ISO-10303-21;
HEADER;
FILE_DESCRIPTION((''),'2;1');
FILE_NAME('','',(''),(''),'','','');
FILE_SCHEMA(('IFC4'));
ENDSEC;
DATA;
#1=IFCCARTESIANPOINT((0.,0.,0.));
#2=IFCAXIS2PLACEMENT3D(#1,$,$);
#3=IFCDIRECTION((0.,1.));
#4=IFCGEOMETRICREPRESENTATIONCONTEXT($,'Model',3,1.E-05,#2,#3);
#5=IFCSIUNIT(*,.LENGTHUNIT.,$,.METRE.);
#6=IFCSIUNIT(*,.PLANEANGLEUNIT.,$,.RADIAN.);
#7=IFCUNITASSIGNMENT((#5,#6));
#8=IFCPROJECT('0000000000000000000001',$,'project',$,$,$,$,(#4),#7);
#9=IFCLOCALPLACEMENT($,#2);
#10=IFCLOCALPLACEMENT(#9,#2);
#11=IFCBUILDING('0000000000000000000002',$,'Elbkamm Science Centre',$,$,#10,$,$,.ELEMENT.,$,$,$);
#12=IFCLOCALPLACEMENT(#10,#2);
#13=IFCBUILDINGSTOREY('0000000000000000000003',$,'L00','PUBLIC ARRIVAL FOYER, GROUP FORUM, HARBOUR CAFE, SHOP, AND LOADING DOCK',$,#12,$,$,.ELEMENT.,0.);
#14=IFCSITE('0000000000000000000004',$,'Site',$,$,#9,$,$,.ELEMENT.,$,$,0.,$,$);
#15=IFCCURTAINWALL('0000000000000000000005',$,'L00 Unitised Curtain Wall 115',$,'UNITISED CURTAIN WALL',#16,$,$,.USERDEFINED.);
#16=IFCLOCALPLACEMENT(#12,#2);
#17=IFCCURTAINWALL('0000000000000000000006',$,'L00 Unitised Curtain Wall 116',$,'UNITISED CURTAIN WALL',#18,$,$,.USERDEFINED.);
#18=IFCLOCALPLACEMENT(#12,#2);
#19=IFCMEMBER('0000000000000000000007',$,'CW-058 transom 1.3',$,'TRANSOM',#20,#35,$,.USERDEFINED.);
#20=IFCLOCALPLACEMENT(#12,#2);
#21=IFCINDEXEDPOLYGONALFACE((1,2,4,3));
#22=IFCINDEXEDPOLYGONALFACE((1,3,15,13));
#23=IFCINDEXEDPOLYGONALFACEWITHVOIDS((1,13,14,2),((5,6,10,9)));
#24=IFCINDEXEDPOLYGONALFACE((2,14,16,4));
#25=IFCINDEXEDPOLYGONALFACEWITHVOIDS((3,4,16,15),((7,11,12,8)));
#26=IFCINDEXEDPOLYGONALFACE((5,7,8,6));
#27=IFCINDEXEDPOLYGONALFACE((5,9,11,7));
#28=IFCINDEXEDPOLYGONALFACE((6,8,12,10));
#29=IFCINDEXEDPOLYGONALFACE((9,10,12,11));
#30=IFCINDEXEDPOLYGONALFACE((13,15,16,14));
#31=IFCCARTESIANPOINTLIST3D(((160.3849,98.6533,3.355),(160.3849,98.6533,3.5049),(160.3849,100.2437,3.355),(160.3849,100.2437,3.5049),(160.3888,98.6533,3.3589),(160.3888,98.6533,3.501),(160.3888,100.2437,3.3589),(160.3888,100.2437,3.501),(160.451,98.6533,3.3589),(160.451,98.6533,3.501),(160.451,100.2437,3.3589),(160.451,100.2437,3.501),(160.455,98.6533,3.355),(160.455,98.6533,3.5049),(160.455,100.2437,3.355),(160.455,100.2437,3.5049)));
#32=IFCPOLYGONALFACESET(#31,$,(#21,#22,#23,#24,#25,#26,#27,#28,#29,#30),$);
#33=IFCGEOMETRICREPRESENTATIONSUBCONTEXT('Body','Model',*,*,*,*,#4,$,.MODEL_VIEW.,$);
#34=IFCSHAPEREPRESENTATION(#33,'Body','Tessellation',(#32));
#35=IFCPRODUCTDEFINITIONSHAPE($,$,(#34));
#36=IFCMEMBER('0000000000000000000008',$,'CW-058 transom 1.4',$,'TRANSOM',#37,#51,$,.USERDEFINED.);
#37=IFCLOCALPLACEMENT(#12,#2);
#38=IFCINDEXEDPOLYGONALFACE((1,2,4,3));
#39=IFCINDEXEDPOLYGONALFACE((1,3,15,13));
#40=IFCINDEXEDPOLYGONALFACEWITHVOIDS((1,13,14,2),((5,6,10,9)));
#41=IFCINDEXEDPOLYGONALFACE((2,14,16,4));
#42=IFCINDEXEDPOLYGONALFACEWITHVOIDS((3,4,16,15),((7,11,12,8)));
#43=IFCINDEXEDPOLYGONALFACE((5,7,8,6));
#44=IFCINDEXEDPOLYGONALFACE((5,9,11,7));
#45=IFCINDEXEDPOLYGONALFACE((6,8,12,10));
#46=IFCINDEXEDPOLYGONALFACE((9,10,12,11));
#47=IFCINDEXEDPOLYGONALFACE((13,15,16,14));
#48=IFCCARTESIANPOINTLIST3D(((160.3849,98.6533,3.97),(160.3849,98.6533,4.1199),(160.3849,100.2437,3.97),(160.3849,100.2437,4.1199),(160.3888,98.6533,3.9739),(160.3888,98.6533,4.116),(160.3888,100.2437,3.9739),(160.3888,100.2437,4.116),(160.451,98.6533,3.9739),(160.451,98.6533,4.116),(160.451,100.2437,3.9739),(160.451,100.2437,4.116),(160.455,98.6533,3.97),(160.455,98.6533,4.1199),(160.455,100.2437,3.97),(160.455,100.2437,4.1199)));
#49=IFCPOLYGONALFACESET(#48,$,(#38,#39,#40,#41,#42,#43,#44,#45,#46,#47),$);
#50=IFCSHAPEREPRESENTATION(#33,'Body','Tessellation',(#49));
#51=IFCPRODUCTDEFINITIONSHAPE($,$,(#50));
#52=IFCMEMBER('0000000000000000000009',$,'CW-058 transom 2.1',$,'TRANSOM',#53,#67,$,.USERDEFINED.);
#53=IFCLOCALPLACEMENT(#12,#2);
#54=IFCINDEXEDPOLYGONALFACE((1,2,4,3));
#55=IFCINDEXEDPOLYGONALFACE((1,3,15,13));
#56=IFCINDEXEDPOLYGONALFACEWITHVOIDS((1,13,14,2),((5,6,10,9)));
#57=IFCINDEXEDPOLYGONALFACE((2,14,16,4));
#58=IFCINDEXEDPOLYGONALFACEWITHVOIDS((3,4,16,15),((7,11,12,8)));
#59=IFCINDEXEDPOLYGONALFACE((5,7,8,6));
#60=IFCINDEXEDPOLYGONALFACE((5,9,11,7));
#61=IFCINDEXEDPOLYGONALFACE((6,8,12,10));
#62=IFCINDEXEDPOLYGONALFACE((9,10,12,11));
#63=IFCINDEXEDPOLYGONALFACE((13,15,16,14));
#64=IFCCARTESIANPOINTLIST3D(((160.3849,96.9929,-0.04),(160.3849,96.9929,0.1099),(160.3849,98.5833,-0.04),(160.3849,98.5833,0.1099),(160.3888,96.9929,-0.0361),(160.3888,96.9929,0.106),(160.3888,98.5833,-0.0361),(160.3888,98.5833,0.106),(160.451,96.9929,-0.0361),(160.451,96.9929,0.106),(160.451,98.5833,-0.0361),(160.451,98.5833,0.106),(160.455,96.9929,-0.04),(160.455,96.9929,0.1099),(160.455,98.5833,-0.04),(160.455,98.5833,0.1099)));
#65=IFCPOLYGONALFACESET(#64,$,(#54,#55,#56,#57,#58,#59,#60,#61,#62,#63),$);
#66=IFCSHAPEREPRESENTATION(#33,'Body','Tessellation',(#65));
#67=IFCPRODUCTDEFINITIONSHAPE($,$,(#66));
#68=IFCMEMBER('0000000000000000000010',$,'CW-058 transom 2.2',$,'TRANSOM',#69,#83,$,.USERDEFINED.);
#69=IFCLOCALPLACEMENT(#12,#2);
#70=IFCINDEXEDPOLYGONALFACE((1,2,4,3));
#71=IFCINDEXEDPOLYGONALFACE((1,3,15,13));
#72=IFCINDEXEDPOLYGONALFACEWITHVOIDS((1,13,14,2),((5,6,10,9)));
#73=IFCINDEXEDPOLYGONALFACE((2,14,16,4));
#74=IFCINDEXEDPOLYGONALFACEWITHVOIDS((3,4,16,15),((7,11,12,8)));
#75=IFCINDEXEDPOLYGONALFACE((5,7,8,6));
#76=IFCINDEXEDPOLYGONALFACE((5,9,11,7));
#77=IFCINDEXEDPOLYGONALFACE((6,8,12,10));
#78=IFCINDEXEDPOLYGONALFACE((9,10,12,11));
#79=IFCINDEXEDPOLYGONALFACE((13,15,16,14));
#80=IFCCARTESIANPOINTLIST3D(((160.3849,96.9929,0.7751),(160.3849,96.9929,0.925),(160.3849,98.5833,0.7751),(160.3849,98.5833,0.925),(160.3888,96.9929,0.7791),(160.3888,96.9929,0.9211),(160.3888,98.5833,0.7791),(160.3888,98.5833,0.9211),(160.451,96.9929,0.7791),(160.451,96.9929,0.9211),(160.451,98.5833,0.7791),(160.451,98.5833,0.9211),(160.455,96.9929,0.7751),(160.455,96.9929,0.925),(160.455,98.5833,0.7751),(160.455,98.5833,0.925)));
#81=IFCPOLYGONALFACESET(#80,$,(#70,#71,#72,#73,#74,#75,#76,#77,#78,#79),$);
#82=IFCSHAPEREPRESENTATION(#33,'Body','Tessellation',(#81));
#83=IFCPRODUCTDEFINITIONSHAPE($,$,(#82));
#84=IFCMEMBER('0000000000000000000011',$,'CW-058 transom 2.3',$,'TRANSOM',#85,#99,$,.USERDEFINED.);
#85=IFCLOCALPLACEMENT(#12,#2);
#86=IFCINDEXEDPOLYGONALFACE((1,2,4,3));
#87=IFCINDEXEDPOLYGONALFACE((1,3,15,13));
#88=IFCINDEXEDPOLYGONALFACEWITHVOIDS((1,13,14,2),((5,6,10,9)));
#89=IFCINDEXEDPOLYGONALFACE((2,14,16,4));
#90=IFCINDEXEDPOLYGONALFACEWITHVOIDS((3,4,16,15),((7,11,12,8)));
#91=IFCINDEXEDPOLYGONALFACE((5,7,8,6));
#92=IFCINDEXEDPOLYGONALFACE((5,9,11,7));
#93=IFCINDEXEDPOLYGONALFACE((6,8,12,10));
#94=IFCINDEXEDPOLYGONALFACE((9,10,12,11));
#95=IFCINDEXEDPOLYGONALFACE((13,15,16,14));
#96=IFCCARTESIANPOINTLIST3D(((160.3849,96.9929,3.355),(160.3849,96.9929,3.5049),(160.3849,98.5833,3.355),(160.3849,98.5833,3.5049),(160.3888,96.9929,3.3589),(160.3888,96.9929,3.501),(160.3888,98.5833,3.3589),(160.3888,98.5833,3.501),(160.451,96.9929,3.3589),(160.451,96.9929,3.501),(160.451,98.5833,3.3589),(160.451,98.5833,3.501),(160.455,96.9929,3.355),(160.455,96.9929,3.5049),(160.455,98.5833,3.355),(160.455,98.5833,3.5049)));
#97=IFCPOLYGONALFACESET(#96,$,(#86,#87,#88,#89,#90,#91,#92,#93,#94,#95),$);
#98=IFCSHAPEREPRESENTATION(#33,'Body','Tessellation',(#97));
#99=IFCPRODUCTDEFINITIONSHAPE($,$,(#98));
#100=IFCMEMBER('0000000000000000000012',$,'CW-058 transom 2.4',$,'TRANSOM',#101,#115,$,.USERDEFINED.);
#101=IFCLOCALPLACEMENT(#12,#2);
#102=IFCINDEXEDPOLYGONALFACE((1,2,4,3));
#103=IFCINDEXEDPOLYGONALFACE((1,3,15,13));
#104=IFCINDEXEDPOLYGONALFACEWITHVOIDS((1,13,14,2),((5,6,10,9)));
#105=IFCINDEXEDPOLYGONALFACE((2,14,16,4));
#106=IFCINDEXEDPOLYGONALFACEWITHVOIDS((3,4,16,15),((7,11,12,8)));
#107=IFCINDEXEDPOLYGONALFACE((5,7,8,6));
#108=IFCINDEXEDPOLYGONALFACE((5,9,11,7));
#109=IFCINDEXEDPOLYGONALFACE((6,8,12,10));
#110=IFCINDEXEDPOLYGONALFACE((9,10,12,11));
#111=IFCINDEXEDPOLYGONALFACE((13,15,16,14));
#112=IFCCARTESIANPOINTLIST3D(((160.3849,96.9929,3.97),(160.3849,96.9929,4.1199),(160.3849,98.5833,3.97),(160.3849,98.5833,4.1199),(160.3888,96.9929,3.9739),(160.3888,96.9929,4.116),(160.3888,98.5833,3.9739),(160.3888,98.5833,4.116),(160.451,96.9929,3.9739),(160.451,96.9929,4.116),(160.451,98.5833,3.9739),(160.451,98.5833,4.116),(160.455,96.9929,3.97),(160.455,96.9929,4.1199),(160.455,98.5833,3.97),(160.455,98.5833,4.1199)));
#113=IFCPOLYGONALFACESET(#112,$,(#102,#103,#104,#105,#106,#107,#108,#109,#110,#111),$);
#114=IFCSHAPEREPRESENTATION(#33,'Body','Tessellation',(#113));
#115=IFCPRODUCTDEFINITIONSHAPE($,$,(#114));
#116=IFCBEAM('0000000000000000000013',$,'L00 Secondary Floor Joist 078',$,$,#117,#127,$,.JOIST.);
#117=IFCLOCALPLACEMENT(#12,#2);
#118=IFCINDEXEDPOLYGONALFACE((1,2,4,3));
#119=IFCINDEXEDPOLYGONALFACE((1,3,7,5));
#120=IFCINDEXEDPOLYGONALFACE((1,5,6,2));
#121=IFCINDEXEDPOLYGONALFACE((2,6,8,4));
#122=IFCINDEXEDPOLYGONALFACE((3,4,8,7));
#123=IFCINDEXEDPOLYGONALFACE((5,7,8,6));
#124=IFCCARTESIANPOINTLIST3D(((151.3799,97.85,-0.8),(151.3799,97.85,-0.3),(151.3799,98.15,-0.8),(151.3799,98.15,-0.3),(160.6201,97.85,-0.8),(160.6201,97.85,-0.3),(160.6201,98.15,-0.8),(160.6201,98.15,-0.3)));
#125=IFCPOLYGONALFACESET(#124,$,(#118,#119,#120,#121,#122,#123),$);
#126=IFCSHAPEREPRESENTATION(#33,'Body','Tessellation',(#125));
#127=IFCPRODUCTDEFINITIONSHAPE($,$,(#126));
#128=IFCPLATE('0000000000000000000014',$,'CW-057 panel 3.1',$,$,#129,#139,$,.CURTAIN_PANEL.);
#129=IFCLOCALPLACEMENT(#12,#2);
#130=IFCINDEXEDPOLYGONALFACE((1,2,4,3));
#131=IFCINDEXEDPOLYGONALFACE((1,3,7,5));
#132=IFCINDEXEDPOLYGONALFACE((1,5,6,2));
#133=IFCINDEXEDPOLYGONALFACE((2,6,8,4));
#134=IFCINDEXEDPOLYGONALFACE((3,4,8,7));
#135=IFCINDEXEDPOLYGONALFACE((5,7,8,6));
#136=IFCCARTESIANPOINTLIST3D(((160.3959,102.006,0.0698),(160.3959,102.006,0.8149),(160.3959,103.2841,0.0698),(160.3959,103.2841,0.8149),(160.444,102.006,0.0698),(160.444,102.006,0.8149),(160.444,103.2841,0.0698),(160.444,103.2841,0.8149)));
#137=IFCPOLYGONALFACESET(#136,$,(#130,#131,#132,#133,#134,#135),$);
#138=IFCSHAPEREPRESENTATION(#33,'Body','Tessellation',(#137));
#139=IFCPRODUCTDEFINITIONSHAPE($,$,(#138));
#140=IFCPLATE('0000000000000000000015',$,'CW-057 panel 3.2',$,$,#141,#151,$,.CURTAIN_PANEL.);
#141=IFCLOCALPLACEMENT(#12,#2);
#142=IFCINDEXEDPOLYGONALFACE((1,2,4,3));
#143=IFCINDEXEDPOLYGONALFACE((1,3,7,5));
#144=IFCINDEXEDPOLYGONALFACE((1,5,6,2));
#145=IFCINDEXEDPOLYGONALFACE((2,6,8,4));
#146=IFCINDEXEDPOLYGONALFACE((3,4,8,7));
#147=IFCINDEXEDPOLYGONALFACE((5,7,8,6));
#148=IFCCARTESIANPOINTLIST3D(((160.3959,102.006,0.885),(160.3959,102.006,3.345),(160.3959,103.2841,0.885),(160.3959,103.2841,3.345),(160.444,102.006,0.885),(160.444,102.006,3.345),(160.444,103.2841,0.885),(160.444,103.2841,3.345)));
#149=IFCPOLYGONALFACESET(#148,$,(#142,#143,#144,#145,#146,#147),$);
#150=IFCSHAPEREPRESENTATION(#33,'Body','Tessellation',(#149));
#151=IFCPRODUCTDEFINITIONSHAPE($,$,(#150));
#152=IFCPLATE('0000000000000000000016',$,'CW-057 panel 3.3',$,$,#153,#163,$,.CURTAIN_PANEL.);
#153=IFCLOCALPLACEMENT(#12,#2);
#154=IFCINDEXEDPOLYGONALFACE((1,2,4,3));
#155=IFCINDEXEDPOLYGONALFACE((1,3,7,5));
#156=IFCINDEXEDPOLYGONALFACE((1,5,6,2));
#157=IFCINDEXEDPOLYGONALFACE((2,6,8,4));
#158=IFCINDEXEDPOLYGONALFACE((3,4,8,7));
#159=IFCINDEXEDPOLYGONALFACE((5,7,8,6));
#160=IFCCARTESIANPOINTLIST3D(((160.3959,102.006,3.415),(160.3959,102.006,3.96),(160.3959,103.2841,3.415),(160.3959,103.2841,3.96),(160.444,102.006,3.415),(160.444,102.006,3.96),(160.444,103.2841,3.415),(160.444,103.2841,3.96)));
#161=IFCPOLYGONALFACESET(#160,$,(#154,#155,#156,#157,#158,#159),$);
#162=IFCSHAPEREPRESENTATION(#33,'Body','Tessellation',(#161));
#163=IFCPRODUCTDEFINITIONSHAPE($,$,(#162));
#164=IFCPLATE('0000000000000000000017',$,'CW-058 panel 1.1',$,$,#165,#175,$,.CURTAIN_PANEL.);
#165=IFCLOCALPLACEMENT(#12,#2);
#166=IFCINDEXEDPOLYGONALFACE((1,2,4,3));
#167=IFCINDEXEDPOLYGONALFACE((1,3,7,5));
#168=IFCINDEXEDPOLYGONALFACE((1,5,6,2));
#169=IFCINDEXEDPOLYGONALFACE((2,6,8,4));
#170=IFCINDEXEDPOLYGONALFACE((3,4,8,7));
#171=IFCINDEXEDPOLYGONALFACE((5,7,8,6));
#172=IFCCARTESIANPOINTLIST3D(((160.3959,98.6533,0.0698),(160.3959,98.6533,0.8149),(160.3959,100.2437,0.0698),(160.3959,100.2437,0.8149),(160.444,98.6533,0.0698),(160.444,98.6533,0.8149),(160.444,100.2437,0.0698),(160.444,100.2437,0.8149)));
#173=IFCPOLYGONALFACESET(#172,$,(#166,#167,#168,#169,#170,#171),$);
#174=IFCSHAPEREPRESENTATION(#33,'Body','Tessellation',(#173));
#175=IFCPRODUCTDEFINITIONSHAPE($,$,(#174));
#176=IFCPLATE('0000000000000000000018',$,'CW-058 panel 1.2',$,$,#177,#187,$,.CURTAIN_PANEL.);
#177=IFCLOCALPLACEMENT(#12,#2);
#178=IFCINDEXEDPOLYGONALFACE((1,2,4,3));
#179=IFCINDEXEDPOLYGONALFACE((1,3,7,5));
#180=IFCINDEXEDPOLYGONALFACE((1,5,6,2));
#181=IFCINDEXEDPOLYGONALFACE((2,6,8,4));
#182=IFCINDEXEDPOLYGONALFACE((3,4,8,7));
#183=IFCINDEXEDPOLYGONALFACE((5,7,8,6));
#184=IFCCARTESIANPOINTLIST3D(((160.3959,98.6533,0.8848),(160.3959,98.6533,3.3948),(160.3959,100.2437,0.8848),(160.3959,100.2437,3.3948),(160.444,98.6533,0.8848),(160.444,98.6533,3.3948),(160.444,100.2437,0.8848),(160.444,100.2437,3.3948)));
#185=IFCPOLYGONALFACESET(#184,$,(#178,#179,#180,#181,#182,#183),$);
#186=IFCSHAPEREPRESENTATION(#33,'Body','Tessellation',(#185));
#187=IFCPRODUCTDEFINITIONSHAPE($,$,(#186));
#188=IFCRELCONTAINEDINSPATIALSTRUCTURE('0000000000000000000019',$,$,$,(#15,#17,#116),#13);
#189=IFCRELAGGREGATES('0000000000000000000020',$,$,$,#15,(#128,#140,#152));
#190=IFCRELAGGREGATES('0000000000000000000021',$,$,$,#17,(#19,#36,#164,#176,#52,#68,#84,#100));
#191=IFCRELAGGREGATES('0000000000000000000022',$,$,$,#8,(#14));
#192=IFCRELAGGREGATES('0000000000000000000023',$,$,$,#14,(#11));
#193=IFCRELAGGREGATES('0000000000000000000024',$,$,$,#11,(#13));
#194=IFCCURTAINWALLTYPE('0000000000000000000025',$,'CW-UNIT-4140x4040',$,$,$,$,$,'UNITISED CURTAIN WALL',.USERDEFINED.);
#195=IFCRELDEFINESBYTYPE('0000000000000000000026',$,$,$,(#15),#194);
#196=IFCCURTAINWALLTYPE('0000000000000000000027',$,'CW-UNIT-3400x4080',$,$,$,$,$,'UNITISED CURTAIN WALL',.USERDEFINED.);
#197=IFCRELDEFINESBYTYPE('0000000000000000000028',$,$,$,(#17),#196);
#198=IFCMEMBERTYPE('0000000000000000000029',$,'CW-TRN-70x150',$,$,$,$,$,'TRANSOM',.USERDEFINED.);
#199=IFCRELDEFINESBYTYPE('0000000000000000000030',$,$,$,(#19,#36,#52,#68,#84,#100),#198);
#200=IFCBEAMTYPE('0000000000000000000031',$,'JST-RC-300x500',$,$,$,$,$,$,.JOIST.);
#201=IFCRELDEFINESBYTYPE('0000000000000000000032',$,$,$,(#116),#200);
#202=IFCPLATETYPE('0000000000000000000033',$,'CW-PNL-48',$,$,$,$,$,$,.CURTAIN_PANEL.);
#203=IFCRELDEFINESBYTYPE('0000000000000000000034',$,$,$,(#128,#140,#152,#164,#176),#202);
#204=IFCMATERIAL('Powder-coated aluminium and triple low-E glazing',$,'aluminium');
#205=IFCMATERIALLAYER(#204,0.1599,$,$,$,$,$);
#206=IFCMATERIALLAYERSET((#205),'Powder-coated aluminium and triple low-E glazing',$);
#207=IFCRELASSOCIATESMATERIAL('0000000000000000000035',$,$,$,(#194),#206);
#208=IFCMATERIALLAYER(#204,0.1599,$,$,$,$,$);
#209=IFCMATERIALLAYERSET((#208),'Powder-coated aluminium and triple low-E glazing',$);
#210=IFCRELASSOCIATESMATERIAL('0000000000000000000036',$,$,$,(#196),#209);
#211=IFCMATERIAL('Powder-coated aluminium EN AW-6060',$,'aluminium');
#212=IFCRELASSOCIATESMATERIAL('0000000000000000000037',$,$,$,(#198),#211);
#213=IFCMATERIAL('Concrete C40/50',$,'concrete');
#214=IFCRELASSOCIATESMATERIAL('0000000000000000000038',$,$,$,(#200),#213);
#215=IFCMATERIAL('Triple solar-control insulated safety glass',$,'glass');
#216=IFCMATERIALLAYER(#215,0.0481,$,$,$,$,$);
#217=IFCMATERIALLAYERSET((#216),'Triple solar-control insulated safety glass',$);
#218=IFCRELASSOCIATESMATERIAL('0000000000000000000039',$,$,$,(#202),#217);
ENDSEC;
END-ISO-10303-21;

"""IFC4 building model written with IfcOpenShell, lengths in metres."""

from ifc_helpers import new_model, si_unit, direction, frame, origin, origin_2d, place, context, subcontext, project, spatial, rectangle, hollow_rectangle, extrude, material, layer, layer_set, material_profile, profile_set, type_object, element, aggregate, save


model = new_model("IFC4")

# Units and contexts
model_context = context("Model", 3, precision=1e-05, world=origin(), true_north=direction((0.0, 1.0)))
body_context = subcontext(model_context, "Body", "Model", "MODEL_VIEW")
ifc_project = project(units=[si_unit("LENGTHUNIT", "METRE"), si_unit("PLANEANGLEUNIT", "RADIAN")], contexts=[model_context])

# Site, building, storey
site_placement = place(None, origin())
site = spatial("IfcSite", under=ifc_project, at=site_placement, Name="Site", CompositionType="ELEMENT", RefElevation=0.0)
building_placement = place(site_placement, origin())
building = spatial("IfcBuilding", under=site, at=building_placement, Name="Elbkamm Science Centre", CompositionType="ELEMENT")
storey_placement = place(building_placement, origin())
storey = spatial("IfcBuildingStorey", under=building, at=storey_placement, Name="L00", Description="PUBLIC ARRIVAL FOYER, GROUP FORUM, HARBOUR CAFE, SHOP, AND LOADING DOCK", CompositionType="ELEMENT", Elevation=0.0)

# Shared definitions
ifc_material_1 = material(Name="Concrete C40/50", Category="concrete")

# Curtain wall
ifc_material_2 = material(Name="Powder-coated aluminium and triple low-E glazing", Category="aluminium")
ifc_layer_1 = layer(ifc_material_2, 0.1599)
ifc_layer_set_1 = layer_set([ifc_layer_1], Name="Powder-coated aluminium and triple low-E glazing")
curtain_wall_type_1 = type_object("IfcCurtainWallType", Name="CW-UNIT-4140x4040", ElementType="UNITISED CURTAIN WALL", PredefinedType="USERDEFINED", material=ifc_layer_set_1)
curtain_wall_1_placement = place(storey_placement, origin())
curtain_wall_1 = element("IfcCurtainWall", 1, at=curtain_wall_1_placement, inside=storey, type_object=curtain_wall_type_1, Name="L00 Unitised Curtain Wall 115", ObjectType="UNITISED CURTAIN WALL", PredefinedType="USERDEFINED")
ifc_material_3 = material(Name="Powder-coated aluminium EN AW-6060", Category="aluminium")

# Curtain wall
ifc_layer_2 = layer(ifc_material_2, 0.1599)
ifc_layer_set_2 = layer_set([ifc_layer_2], Name="Powder-coated aluminium and triple low-E glazing")
curtain_wall_type_2 = type_object("IfcCurtainWallType", Name="CW-UNIT-3400x4080", ElementType="UNITISED CURTAIN WALL", PredefinedType="USERDEFINED", material=ifc_layer_set_2)
curtain_wall_2_placement = place(storey_placement, origin())
curtain_wall_2 = element("IfcCurtainWall", 2, at=curtain_wall_2_placement, inside=storey, type_object=curtain_wall_type_2, Name="L00 Unitised Curtain Wall 116", ObjectType="UNITISED CURTAIN WALL", PredefinedType="USERDEFINED")

# Members
ifc_material_profile_1 = material_profile(ifc_material_3, hollow_rectangle(XDim=0.0701, YDim=0.1499, WallThickness=0.0039, at=origin_2d()), Name="ALU T70x150")
ifc_profile_set_1 = profile_set([ifc_material_profile_1], Name="Powder-coated aluminium EN AW-6060")
member_type_1 = type_object("IfcMemberType", Name="CW-TRN-70x150", ElementType="TRANSOM", PredefinedType="USERDEFINED", material=ifc_profile_set_1)
member_1_placement = place(storey_placement, frame((160.4199, 100.2437, 3.4299), z_axis=(0.0, -1.0, 0.0), x_axis=(1.0, 0.0, 0.0)))
member_1 = element("IfcMember", 3, at=member_1_placement, type_object=member_type_1, Name="CW-058 transom 1.3", ObjectType="TRANSOM", PredefinedType="USERDEFINED", context=body_context, shape_type="SweptSolid", body=[
    extrude(hollow_rectangle(XDim=0.0701, YDim=0.1499, WallThickness=0.0039, at=origin_2d()), origin(), (0.0, 0.0, 1.0), 1.5903),
])
member_2_placement = place(storey_placement, frame((160.4199, 100.2437, 4.0449), z_axis=(0.0, -1.0, 0.0), x_axis=(1.0, 0.0, 0.0)))
member_2 = element("IfcMember", 4, at=member_2_placement, type_object=member_type_1, Name="CW-058 transom 1.4", ObjectType="TRANSOM", PredefinedType="USERDEFINED", context=body_context, shape_type="SweptSolid", body=[
    extrude(hollow_rectangle(XDim=0.0701, YDim=0.1499, WallThickness=0.0039, at=origin_2d()), origin(), (0.0, 0.0, 1.0), 1.5903),
])
member_3_placement = place(storey_placement, frame((160.4199, 98.5833, 0.0349), z_axis=(0.0, -1.0, 0.0), x_axis=(1.0, 0.0, 0.0)))
member_3 = element("IfcMember", 5, at=member_3_placement, type_object=member_type_1, Name="CW-058 transom 2.1", ObjectType="TRANSOM", PredefinedType="USERDEFINED", context=body_context, shape_type="SweptSolid", body=[
    extrude(hollow_rectangle(XDim=0.0701, YDim=0.1499, WallThickness=0.0039, at=origin_2d()), origin(), (0.0, 0.0, 1.0), 1.5903),
])
member_4_placement = place(storey_placement, frame((160.4199, 98.5833, 0.8501), z_axis=(0.0, -1.0, 0.0), x_axis=(1.0, 0.0, 0.0)))
member_4 = element("IfcMember", 6, at=member_4_placement, type_object=member_type_1, Name="CW-058 transom 2.2", ObjectType="TRANSOM", PredefinedType="USERDEFINED", context=body_context, shape_type="SweptSolid", body=[
    extrude(hollow_rectangle(XDim=0.0701, YDim=0.1499, WallThickness=0.0039, at=origin_2d()), origin(), (0.0, 0.0, 1.0), 1.5903),
])
member_5_placement = place(storey_placement, frame((160.4199, 98.5833, 3.4299), z_axis=(0.0, -1.0, 0.0), x_axis=(1.0, 0.0, 0.0)))
member_5 = element("IfcMember", 7, at=member_5_placement, type_object=member_type_1, Name="CW-058 transom 2.3", ObjectType="TRANSOM", PredefinedType="USERDEFINED", context=body_context, shape_type="SweptSolid", body=[
    extrude(hollow_rectangle(XDim=0.0701, YDim=0.1499, WallThickness=0.0039, at=origin_2d()), origin(), (0.0, 0.0, 1.0), 1.5903),
])
member_6_placement = place(storey_placement, frame((160.4199, 98.5833, 4.0449), z_axis=(0.0, -1.0, 0.0), x_axis=(1.0, 0.0, 0.0)))
member_6 = element("IfcMember", 8, at=member_6_placement, type_object=member_type_1, Name="CW-058 transom 2.4", ObjectType="TRANSOM", PredefinedType="USERDEFINED", context=body_context, shape_type="SweptSolid", body=[
    extrude(hollow_rectangle(XDim=0.0701, YDim=0.1499, WallThickness=0.0039, at=origin_2d()), origin(), (0.0, 0.0, 1.0), 1.5903),
])

# Beam
ifc_material_profile_2 = material_profile(ifc_material_1, rectangle(XDim=0.3, YDim=0.5, at=origin_2d()), Name="RC 300x500")
ifc_profile_set_2 = profile_set([ifc_material_profile_2], Name="Concrete C40/50")
beam_type_1 = type_object("IfcBeamType", Name="JST-RC-300x500", PredefinedType="JOIST", material=ifc_profile_set_2)
beam_1_placement = place(storey_placement, frame((151.3799, 98.0, -0.55), z_axis=(1.0, 0.0, 0.0), x_axis=(0.0, 1.0, 0.0)))
element("IfcBeam", 9, at=beam_1_placement, inside=storey, type_object=beam_type_1, Name="L00 Secondary Floor Joist 078", PredefinedType="JOIST", context=body_context, shape_type="SweptSolid", body=[
    extrude(rectangle(XDim=0.3, YDim=0.5, at=origin_2d()), origin(), (0.0, 0.0, 1.0), 9.2402),
])

# Plates
ifc_material_4 = material(Name="Triple solar-control insulated safety glass", Category="glass")
ifc_layer_3 = layer(ifc_material_4, 0.0481)
ifc_layer_set_3 = layer_set([ifc_layer_3], Name="Triple solar-control insulated safety glass")
plate_type = type_object("IfcPlateType", Name="CW-PNL-48", PredefinedType="CURTAIN_PANEL", material=ifc_layer_set_3)
plate_1_placement = place(storey_placement, frame((160.4199, 102.645, 0.0698), z_axis=(0.0, 0.0, 1.0), x_axis=(0.0, -1.0, 0.0)))
plate_1 = element("IfcPlate", 10, at=plate_1_placement, type_object=plate_type, Name="CW-057 panel 3.1", PredefinedType="CURTAIN_PANEL", context=body_context, shape_type="SweptSolid", body=[
    extrude(rectangle(XDim=1.2781, YDim=0.0481, at=origin_2d()), origin(), (0.0, 0.0, 1.0), 0.7451),
])
plate_2_placement = place(storey_placement, frame((160.4199, 102.645, 0.885), z_axis=(0.0, 0.0, 1.0), x_axis=(0.0, -1.0, 0.0)))
plate_2 = element("IfcPlate", 11, at=plate_2_placement, type_object=plate_type, Name="CW-057 panel 3.2", PredefinedType="CURTAIN_PANEL", context=body_context, shape_type="SweptSolid", body=[
    extrude(rectangle(XDim=1.2781, YDim=0.0481, at=origin_2d()), origin(), (0.0, 0.0, 1.0), 2.46),
])
plate_3_placement = place(storey_placement, frame((160.4199, 102.645, 3.415), z_axis=(0.0, 0.0, 1.0), x_axis=(0.0, -1.0, 0.0)))
plate_3 = element("IfcPlate", 12, at=plate_3_placement, type_object=plate_type, Name="CW-057 panel 3.3", PredefinedType="CURTAIN_PANEL", context=body_context, shape_type="SweptSolid", body=[
    extrude(rectangle(XDim=1.2781, YDim=0.0481, at=origin_2d()), origin(), (0.0, 0.0, 1.0), 0.5449),
])
aggregate(curtain_wall_1, [plate_1, plate_2, plate_3])
plate_4_placement = place(storey_placement, frame((160.4199, 99.4485, 0.0698), z_axis=(0.0, 0.0, 1.0), x_axis=(0.0, -1.0, 0.0)))
plate_4 = element("IfcPlate", 13, at=plate_4_placement, type_object=plate_type, Name="CW-058 panel 1.1", PredefinedType="CURTAIN_PANEL", context=body_context, shape_type="SweptSolid", body=[
    extrude(rectangle(XDim=1.5903, YDim=0.0481, at=origin_2d()), origin(), (0.0, 0.0, 1.0), 0.7451),
])
plate_5_placement = place(storey_placement, frame((160.4199, 99.4485, 0.8848), z_axis=(0.0, 0.0, 1.0), x_axis=(0.0, -1.0, 0.0)))
plate_5 = element("IfcPlate", 14, at=plate_5_placement, type_object=plate_type, Name="CW-058 panel 1.2", PredefinedType="CURTAIN_PANEL", context=body_context, shape_type="SweptSolid", body=[
    extrude(rectangle(XDim=1.5903, YDim=0.0481, at=origin_2d()), origin(), (0.0, 0.0, 1.0), 2.51),
])
aggregate(curtain_wall_2, [member_1, member_2, plate_4, plate_5, member_3, member_4, member_5, member_6])

save(model, "model.ifc")
